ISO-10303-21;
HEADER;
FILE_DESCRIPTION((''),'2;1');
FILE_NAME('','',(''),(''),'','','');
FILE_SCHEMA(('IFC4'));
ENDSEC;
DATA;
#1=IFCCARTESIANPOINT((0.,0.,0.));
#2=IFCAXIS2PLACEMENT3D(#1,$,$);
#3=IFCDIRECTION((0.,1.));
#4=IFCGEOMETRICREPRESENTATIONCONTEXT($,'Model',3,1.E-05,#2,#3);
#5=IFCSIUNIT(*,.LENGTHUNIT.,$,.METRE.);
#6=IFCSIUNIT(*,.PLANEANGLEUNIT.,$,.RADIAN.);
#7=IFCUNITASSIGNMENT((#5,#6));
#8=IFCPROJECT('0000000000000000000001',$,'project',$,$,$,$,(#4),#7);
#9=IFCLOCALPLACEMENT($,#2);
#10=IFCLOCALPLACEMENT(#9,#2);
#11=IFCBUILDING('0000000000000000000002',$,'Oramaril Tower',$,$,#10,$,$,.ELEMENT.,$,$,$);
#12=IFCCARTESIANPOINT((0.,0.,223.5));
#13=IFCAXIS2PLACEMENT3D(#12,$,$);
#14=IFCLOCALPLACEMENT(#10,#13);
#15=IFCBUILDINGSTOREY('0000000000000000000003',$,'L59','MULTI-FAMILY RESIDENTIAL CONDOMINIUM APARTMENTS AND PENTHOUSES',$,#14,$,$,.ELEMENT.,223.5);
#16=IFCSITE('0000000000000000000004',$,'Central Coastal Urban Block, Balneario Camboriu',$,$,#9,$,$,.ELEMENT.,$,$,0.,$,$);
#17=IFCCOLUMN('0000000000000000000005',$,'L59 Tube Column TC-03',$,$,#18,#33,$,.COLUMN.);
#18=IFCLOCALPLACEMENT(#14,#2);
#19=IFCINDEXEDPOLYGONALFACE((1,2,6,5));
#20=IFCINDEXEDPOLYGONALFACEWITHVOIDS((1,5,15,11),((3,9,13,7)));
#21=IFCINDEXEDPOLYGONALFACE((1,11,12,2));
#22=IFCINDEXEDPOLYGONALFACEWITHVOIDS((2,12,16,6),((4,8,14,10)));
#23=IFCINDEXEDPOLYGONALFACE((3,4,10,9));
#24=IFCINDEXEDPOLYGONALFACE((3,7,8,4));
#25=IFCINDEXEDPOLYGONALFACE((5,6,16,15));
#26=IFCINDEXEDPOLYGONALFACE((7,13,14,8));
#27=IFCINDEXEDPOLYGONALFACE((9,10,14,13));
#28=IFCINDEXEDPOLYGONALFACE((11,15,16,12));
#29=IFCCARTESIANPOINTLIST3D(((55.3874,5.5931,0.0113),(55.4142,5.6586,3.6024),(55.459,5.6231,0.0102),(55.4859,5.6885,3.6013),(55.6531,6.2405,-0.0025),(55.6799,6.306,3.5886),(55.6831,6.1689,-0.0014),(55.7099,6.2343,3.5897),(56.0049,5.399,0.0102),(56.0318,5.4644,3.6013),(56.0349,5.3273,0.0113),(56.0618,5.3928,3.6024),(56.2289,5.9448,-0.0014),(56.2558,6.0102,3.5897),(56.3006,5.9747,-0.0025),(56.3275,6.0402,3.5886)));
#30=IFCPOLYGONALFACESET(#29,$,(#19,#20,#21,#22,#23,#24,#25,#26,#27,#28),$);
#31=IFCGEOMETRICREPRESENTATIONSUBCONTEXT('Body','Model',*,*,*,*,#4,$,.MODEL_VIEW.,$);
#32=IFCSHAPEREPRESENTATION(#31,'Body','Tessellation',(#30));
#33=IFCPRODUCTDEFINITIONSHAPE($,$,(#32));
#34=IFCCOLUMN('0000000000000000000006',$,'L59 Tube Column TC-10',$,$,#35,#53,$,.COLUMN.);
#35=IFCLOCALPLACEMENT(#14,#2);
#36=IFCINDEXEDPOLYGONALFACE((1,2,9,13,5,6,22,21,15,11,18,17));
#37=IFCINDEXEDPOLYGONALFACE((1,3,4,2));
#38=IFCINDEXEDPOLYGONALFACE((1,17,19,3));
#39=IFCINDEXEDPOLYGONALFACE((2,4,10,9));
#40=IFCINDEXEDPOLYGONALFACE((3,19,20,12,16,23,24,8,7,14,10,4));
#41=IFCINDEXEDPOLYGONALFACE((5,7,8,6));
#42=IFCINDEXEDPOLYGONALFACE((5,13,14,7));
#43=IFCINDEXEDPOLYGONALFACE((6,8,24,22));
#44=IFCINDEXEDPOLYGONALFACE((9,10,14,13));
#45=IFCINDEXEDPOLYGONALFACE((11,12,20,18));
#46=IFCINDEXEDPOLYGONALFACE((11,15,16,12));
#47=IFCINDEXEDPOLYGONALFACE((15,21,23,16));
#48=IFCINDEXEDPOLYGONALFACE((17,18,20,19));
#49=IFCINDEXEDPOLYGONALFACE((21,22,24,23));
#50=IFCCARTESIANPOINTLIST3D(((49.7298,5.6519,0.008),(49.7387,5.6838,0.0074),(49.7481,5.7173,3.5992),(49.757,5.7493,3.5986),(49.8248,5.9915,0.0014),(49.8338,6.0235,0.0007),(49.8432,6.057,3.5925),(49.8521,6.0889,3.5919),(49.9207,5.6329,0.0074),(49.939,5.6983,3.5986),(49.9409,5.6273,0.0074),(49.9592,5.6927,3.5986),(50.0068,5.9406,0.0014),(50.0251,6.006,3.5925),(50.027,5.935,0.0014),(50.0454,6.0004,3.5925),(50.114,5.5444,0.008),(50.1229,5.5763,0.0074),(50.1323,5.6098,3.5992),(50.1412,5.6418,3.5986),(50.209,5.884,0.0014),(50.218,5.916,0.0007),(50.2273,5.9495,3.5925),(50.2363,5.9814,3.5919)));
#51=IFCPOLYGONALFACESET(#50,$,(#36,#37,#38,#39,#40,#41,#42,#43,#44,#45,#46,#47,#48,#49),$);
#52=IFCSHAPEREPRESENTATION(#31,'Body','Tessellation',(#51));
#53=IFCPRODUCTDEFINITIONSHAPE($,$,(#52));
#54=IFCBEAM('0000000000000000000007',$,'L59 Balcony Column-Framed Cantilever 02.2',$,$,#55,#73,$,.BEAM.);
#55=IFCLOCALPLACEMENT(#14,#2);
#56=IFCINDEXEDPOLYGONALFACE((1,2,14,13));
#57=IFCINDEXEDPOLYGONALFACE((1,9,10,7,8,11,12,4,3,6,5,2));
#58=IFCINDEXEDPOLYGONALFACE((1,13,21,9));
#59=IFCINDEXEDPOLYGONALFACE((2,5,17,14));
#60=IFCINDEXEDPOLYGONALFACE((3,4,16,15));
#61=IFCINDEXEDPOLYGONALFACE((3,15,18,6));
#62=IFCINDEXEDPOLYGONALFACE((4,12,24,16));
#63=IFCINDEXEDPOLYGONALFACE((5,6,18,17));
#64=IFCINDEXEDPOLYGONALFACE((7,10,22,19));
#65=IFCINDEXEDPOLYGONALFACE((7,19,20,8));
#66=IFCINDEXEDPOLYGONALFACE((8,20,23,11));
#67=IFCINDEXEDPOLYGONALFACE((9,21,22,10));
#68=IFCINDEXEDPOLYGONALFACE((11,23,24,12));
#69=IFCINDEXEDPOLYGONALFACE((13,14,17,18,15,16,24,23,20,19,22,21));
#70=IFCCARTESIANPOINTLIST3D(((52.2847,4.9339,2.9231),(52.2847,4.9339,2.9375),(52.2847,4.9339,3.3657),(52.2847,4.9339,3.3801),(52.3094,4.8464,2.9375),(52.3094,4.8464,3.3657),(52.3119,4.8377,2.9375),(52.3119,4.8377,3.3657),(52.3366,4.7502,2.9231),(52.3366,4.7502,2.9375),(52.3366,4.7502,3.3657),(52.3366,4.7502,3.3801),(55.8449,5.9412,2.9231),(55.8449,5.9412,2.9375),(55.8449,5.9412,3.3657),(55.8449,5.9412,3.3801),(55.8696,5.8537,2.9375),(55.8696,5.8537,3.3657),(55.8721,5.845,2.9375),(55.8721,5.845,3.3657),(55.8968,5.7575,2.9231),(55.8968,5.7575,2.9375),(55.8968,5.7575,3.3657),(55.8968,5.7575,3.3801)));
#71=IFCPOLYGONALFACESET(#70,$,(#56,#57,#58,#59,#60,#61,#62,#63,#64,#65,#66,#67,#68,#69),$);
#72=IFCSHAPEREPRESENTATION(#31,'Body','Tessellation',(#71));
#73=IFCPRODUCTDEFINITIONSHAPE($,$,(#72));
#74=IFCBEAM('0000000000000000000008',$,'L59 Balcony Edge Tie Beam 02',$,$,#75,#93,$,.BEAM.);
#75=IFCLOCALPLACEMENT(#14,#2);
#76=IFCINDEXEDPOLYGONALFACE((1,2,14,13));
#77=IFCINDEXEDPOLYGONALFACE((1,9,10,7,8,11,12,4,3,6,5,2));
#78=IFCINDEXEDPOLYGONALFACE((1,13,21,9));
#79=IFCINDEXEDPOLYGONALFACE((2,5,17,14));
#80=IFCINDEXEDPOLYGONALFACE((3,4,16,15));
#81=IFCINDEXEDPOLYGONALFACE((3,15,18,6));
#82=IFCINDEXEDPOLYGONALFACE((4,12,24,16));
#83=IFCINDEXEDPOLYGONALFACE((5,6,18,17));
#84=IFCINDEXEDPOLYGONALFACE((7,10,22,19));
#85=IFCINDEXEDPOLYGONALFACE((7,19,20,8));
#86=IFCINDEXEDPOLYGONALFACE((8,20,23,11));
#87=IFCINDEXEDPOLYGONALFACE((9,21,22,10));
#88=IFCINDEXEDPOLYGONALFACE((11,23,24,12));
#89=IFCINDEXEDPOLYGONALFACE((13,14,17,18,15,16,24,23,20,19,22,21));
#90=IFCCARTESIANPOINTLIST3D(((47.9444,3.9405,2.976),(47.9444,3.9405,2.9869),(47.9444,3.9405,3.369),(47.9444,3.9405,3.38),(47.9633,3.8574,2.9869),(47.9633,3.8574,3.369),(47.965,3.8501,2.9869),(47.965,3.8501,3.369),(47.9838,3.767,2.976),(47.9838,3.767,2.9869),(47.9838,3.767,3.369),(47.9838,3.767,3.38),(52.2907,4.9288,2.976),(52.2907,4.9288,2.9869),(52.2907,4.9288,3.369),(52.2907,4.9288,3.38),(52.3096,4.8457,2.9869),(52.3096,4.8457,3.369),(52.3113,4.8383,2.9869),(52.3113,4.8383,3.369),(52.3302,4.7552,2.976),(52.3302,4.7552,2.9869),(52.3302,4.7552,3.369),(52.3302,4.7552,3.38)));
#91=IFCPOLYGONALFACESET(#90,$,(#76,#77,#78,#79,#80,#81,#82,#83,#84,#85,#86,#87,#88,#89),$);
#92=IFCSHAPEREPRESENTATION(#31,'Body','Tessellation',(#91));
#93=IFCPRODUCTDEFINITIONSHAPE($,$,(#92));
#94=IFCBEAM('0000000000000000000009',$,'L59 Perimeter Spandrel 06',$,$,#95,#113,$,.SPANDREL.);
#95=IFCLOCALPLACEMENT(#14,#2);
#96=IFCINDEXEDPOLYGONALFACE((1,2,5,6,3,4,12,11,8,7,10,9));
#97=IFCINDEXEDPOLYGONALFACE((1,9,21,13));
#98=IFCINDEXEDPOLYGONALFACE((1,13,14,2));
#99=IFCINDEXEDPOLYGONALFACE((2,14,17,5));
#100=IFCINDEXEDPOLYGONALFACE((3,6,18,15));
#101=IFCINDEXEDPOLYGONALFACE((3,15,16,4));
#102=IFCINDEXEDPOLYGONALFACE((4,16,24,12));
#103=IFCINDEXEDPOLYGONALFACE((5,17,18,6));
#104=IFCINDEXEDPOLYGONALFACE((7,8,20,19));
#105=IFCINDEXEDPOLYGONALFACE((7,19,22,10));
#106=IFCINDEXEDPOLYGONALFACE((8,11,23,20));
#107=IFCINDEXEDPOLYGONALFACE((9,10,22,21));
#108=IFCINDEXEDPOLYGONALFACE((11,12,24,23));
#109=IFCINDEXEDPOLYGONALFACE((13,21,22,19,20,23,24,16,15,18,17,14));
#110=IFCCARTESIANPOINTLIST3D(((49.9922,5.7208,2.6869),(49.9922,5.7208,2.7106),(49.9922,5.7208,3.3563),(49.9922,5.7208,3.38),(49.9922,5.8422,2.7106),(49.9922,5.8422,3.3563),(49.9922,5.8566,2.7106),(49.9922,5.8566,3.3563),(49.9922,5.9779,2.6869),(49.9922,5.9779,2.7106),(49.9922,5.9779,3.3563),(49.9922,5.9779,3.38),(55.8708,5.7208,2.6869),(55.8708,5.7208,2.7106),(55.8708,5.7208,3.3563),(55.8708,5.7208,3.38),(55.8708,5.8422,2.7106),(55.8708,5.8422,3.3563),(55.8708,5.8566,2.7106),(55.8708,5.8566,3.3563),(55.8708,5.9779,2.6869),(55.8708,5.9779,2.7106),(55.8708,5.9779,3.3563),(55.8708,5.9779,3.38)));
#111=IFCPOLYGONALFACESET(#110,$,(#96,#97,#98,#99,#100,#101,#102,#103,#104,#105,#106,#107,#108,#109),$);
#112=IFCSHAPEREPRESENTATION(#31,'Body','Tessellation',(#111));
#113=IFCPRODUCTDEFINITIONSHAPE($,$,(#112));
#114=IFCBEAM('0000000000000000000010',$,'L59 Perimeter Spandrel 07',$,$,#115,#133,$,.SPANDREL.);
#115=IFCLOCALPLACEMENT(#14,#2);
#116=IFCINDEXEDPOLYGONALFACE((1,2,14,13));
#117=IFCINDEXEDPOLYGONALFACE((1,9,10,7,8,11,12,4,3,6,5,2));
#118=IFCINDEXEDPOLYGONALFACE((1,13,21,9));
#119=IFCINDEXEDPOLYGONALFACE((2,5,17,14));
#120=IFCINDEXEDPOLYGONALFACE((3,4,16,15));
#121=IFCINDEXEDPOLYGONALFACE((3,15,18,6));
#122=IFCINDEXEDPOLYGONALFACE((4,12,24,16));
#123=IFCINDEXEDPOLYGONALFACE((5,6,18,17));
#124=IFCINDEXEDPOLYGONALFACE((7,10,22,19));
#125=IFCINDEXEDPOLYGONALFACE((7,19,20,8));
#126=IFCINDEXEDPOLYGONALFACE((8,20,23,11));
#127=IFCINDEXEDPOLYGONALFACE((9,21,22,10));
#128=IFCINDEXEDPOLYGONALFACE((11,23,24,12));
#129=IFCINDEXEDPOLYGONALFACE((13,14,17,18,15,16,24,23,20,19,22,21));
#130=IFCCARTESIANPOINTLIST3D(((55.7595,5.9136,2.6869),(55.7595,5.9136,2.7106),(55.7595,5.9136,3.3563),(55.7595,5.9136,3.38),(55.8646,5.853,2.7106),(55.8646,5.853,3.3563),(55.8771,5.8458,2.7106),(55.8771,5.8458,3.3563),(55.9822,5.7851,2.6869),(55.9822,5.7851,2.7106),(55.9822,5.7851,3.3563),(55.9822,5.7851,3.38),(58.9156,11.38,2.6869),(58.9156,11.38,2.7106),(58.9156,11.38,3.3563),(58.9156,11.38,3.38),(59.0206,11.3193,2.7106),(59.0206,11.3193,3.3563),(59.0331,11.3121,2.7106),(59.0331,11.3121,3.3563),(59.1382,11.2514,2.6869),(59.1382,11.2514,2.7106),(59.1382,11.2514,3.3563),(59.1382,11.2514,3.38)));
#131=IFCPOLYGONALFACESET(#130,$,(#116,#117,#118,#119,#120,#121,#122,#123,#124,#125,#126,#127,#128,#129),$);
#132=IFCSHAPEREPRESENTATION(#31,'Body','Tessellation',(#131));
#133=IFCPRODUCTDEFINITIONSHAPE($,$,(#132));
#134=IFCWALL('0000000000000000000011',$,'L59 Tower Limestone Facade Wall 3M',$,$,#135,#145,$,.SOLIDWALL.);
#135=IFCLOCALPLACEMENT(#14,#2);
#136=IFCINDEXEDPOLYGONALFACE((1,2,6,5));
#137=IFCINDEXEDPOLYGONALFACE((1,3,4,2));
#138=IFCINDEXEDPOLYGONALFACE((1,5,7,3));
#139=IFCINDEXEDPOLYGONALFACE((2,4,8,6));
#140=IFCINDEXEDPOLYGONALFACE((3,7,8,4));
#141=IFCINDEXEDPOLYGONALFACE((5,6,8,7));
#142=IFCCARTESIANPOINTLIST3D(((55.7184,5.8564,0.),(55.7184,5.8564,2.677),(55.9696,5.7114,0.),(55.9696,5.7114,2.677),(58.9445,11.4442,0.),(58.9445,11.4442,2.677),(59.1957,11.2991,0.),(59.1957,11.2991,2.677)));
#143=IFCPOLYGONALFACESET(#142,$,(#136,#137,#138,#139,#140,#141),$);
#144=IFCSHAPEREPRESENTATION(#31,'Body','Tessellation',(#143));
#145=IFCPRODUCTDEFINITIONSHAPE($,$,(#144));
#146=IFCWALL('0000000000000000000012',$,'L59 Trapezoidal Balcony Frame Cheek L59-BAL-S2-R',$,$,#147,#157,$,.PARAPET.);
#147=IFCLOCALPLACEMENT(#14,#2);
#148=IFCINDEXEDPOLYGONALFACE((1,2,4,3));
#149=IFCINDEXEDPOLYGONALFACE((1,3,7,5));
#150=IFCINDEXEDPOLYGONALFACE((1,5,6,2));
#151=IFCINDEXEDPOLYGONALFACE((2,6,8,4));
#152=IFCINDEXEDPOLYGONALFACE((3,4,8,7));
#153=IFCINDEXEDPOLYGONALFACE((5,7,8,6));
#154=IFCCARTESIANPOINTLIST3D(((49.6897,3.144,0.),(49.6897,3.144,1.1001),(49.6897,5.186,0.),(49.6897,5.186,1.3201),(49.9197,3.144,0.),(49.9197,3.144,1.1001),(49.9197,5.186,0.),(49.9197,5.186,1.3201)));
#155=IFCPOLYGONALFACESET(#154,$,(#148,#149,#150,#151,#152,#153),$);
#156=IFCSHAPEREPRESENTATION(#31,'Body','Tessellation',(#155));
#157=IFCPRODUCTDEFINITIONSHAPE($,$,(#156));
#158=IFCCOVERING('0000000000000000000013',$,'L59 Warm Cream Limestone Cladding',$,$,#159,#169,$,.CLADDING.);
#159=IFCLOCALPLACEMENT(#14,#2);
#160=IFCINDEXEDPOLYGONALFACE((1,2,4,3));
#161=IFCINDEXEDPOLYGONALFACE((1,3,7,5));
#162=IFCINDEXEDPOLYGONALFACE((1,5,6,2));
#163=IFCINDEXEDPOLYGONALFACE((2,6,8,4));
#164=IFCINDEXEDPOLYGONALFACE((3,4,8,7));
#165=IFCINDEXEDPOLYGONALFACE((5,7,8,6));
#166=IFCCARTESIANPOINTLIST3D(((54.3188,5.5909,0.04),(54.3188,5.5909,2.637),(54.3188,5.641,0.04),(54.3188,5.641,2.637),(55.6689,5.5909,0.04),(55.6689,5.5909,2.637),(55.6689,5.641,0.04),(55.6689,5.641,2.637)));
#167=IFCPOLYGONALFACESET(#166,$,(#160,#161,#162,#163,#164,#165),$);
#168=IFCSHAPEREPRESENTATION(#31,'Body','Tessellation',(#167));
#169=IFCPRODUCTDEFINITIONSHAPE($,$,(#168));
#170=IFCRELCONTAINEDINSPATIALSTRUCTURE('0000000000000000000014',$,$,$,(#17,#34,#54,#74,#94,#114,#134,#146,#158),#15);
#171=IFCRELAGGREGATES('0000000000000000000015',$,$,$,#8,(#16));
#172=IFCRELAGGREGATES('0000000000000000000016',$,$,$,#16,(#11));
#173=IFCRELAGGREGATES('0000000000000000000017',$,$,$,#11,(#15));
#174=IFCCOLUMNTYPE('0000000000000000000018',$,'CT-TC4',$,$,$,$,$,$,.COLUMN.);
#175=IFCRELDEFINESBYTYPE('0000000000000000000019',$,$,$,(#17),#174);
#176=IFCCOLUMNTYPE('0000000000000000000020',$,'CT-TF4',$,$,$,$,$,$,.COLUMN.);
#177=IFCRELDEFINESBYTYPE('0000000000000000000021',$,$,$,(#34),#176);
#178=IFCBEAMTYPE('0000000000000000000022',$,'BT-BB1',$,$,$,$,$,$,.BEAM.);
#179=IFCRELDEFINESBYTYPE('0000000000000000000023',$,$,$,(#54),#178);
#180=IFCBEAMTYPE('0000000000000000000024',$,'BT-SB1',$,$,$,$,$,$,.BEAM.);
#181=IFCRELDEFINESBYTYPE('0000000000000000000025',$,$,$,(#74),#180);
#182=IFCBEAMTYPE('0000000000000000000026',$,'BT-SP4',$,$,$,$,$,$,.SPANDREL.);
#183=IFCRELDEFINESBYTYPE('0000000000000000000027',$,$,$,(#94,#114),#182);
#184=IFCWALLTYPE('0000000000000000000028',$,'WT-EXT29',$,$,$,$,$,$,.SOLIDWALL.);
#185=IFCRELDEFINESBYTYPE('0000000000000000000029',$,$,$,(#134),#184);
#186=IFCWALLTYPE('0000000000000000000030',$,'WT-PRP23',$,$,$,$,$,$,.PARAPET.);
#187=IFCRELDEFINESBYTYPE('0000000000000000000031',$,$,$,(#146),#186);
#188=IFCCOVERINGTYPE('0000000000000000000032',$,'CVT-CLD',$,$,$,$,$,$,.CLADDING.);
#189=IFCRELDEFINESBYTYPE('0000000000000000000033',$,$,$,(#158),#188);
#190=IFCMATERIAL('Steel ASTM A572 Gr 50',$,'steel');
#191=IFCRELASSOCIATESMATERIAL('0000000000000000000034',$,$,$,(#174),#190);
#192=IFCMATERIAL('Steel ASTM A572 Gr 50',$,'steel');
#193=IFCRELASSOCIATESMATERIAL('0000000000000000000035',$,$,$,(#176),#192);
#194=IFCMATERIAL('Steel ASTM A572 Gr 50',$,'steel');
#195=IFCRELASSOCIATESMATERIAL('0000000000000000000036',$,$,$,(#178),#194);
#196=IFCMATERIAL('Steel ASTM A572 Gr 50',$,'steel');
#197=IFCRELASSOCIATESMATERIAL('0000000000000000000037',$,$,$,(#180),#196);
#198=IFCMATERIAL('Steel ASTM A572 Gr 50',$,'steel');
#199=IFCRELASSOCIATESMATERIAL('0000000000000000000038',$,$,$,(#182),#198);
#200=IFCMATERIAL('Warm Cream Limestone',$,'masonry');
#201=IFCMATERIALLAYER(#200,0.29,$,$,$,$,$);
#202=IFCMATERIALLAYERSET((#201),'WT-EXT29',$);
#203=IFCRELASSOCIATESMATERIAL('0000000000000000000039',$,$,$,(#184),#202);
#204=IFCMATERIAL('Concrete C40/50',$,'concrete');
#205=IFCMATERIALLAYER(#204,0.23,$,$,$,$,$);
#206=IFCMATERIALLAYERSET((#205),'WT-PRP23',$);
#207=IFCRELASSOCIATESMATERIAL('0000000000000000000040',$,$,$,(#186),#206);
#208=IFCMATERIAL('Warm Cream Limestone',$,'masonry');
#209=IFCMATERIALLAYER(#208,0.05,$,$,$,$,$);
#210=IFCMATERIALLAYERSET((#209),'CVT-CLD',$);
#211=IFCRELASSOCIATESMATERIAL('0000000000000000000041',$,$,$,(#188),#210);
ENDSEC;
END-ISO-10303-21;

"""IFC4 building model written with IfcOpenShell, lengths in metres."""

from ifc_helpers import new_model, si_unit, direction, frame, frame_2d, origin, origin_2d, place, context, subcontext, project, spatial, polyline, rectangle, hollow_rectangle, i_section, outline, extrude, material, layer, layer_set, material_profile, profile_set, type_object, element, save


model = new_model("IFC4")

# Units and contexts
model_context = context("Model", 3, precision=1e-05, world=origin(), true_north=direction((0.0, 1.0)))
body_context = subcontext(model_context, "Body", "Model", "MODEL_VIEW")
ifc_project = project(units=[si_unit("LENGTHUNIT", "METRE"), si_unit("PLANEANGLEUNIT", "RADIAN")], contexts=[model_context])

# Site, building, storey
site_placement = place(None, origin())
site = spatial("IfcSite", under=ifc_project, at=site_placement, Name="Central Coastal Urban Block, Balneario Camboriu", CompositionType="ELEMENT", RefElevation=0.0)
building_placement = place(site_placement, origin())
building = spatial("IfcBuilding", under=site, at=building_placement, Name="Oramaril Tower", CompositionType="ELEMENT")
storey_placement = place(building_placement, frame((0.0, 0.0, 223.5)))
storey = spatial("IfcBuildingStorey", under=building, at=storey_placement, Name="L59", Description="MULTI-FAMILY RESIDENTIAL CONDOMINIUM APARTMENTS AND PENTHOUSES", CompositionType="ELEMENT", Elevation=223.5)

# Columns
ifc_material_1 = material(Name="Steel ASTM A572 Gr 50", Category="steel")
ifc_material_profile_1 = material_profile(ifc_material_1, hollow_rectangle(XDim=0.7, YDim=0.7, WallThickness=0.0549, at=origin_2d()), Name="BOX700X700X55")
ifc_profile_set_1 = profile_set([ifc_material_profile_1], Name="Steel ASTM A572 Gr 50")
column_type_1 = type_object("IfcColumnType", Name="CT-TC4", PredefinedType="COLUMN", material=ifc_profile_set_1)
column_1_placement = place(storey_placement, frame((55.844, 5.7839, 0.0044), z_axis=(0.007477, 0.018217, 0.999806), x_axis=(-0.925106, 0.379708, 0.0)))
element("IfcColumn", 1, at=column_1_placement, inside=storey, type_object=column_type_1, Name="L59 Tube Column TC-03", PredefinedType="COLUMN", context=body_context, shape_type="SweptSolid", body=[
    extrude(hollow_rectangle(XDim=0.7, YDim=0.7, WallThickness=0.0549, at=origin_2d()), origin(), (0.0, 0.0, 1.0), 3.5918),
])
ifc_material_2 = material(Name="Steel ASTM A572 Gr 50", Category="steel")
ifc_material_profile_2 = material_profile(ifc_material_2, i_section(OverallWidth=0.3989, OverallDepth=0.386, WebThickness=0.021, FlangeThickness=0.0332, at=origin_2d()), Name="W14X176")
ifc_profile_set_2 = profile_set([ifc_material_profile_2], Name="Steel ASTM A572 Gr 50")
column_type_2 = type_object("IfcColumnType", Name="CT-TF4", PredefinedType="COLUMN", material=ifc_profile_set_2)
column_2_placement = place(storey_placement, frame((49.9739, 5.7839, 0.0044), z_axis=(0.005098, 0.018217, 0.999821), x_axis=(-0.963001, 0.269497, 0.0)))
element("IfcColumn", 2, at=column_2_placement, inside=storey, type_object=column_type_2, Name="L59 Tube Column TC-10", PredefinedType="COLUMN", context=body_context, shape_type="SweptSolid", body=[
    extrude(i_section(OverallWidth=0.3989, OverallDepth=0.386, WebThickness=0.021, FlangeThickness=0.0332, at=origin_2d()), origin(), (0.0, 0.0, 1.0), 3.5918),
])

# Beams
ifc_material_3 = material(Name="Steel ASTM A572 Gr 50", Category="steel")
ifc_material_profile_3 = material_profile(ifc_material_3, i_section(OverallWidth=0.1909, OverallDepth=0.457, WebThickness=0.009, FlangeThickness=0.0144, at=origin_2d()), Name="W18X50")
ifc_profile_set_3 = profile_set([ifc_material_profile_3], Name="Steel ASTM A572 Gr 50")
beam_type_1 = type_object("IfcBeamType", Name="BT-BB1", PredefinedType="BEAM", material=ifc_profile_set_3)
beam_1_placement = place(storey_placement, frame((55.8708, 5.8494, 3.1516), z_axis=(-0.962228, -0.272245, 0.0), x_axis=(0.272245, -0.962228, 0.0)))
element("IfcBeam", 3, at=beam_1_placement, inside=storey, type_object=beam_type_1, Name="L59 Balcony Column-Framed Cantilever 02.2", PredefinedType="BEAM", context=body_context, shape_type="SweptSolid", body=[
    extrude(i_section(OverallWidth=0.1909, OverallDepth=0.457, WebThickness=0.009, FlangeThickness=0.0144, at=origin_2d()), origin(), (0.0, 0.0, 1.0), 3.7),
])
ifc_material_4 = material(Name="Steel ASTM A572 Gr 50", Category="steel")
ifc_material_profile_4 = material_profile(ifc_material_4, i_section(OverallWidth=0.178, OverallDepth=0.4041, WebThickness=0.0076, FlangeThickness=0.011, at=origin_2d()), Name="W16X36")
ifc_profile_set_4 = profile_set([ifc_material_profile_4], Name="Steel ASTM A572 Gr 50")
beam_type_2 = type_object("IfcBeamType", Name="BT-SB1", PredefinedType="BEAM", material=ifc_profile_set_4)
beam_2_placement = place(storey_placement, frame((47.9641, 3.8538, 3.178), z_axis=(0.975111, 0.221718, 0.0), x_axis=(-0.221718, 0.975111, 0.0)))
element("IfcBeam", 4, at=beam_2_placement, inside=storey, type_object=beam_type_2, Name="L59 Balcony Edge Tie Beam 02", PredefinedType="BEAM", context=body_context, shape_type="SweptSolid", body=[
    extrude(i_section(OverallWidth=0.178, OverallDepth=0.4041, WebThickness=0.0076, FlangeThickness=0.011, at=origin_2d()), origin(), (0.0, 0.0, 1.0), 4.4573),
])
ifc_material_5 = material(Name="Steel ASTM A572 Gr 50", Category="steel")
ifc_material_profile_5 = material_profile(ifc_material_5, i_section(OverallWidth=0.2571, OverallDepth=0.6931, WebThickness=0.0144, FlangeThickness=0.0237, at=origin_2d()), Name="W27X114")
ifc_profile_set_5 = profile_set([ifc_material_profile_5], Name="Steel ASTM A572 Gr 50")
beam_type_3 = type_object("IfcBeamType", Name="BT-SP4", PredefinedType="SPANDREL", material=ifc_profile_set_5)
beam_3_placement = place(storey_placement, frame((49.9922, 5.8494, 3.0334), z_axis=(1.0, 0.0, 0.0), x_axis=(0.0, 1.0, 0.0)))
element("IfcBeam", 5, at=beam_3_placement, inside=storey, type_object=beam_type_3, Name="L59 Perimeter Spandrel 06", PredefinedType="SPANDREL", context=body_context, shape_type="SweptSolid", body=[
    extrude(i_section(OverallWidth=0.2571, OverallDepth=0.6931, WebThickness=0.0144, FlangeThickness=0.0237, at=origin_2d()), origin(), (0.0, 0.0, 1.0), 5.8787),
])
beam_4_placement = place(storey_placement, frame((55.8708, 5.8494, 3.0334), z_axis=(0.500004, 0.866023, 0.0), x_axis=(-0.866023, 0.500004, 0.0)))
element("IfcBeam", 6, at=beam_4_placement, inside=storey, type_object=beam_type_3, Name="L59 Perimeter Spandrel 07", PredefinedType="SPANDREL", context=body_context, shape_type="SweptSolid", body=[
    extrude(i_section(OverallWidth=0.2571, OverallDepth=0.6931, WebThickness=0.0144, FlangeThickness=0.0237, at=origin_2d()), origin(), (0.0, 0.0, 1.0), 6.312),
])

# Walls
ifc_material_6 = material(Name="Warm Cream Limestone", Category="masonry")
ifc_layer_1 = layer(ifc_material_6, 0.29)
ifc_layer_set_1 = layer_set([ifc_layer_1], Name="WT-EXT29")
wall_type_1 = type_object("IfcWallType", Name="WT-EXT29", PredefinedType="SOLIDWALL", material=ifc_layer_set_1)
wall_1_placement = place(storey_placement, frame((55.844, 5.7839, 0.0), z_axis=(0.0, 0.0, 1.0), x_axis=(0.500005, 0.866022, 0.0)))
element("IfcWall", 7, at=wall_1_placement, inside=storey, type_object=wall_type_1, Name="L59 Tower Limestone Facade Wall 3M", PredefinedType="SOLIDWALL", context=body_context, shape_type="SweptSolid", body=[
    extrude(rectangle(XDim=6.4521, YDim=0.29, at=frame_2d((3.2261, 0.0))), origin(), (0.0, 0.0, 1.0), 2.677),
])
ifc_material_7 = material(Name="Concrete C40/50", Category="concrete")
ifc_layer_2 = layer(ifc_material_7, 0.23)
ifc_layer_set_2 = layer_set([ifc_layer_2], Name="WT-PRP23")
wall_type_2 = type_object("IfcWallType", Name="WT-PRP23", PredefinedType="PARAPET", material=ifc_layer_set_2)
wall_2_placement = place(storey_placement, frame((49.8047, 5.186, 0.0), z_axis=(0.0, 0.0, 1.0), x_axis=(0.0, -1.0, 0.0)))
element("IfcWall", 8, at=wall_2_placement, inside=storey, type_object=wall_type_2, Name="L59 Trapezoidal Balcony Frame Cheek L59-BAL-S2-R", PredefinedType="PARAPET", context=body_context, shape_type="SweptSolid", body=[
    extrude(outline(polyline([(0.0, 0.0), (2.042, 0.0), (2.042, 1.1001), (0.0, 1.3201), (0.0, 0.0)])), frame((0.0, 0.115, 0.0), z_axis=(0.0, -1.0, 0.0), x_axis=(1.0, 0.0, 0.0)), (0.0, 0.0, 1.0), 0.23),
])

# Covering
ifc_material_8 = material(Name="Warm Cream Limestone", Category="masonry")
ifc_layer_3 = layer(ifc_material_8, 0.05)
ifc_layer_set_3 = layer_set([ifc_layer_3], Name="CVT-CLD")
covering_type = type_object("IfcCoveringType", Name="CVT-CLD", PredefinedType="CLADDING", material=ifc_layer_set_3)
covering_1_placement = place(storey_placement, frame((54.9939, 5.616, 0.04), z_axis=(0.0, 0.0, 1.0), x_axis=(1.0, 0.0, 0.0)))
element("IfcCovering", 9, at=covering_1_placement, inside=storey, type_object=covering_type, Name="L59 Warm Cream Limestone Cladding", PredefinedType="CLADDING", context=body_context, shape_type="SweptSolid", body=[
    extrude(rectangle(XDim=1.3501, YDim=0.05, at=origin_2d()), origin(), (0.0, 0.0, 1.0), 2.5969),
])

save(model, "model.ifc")
